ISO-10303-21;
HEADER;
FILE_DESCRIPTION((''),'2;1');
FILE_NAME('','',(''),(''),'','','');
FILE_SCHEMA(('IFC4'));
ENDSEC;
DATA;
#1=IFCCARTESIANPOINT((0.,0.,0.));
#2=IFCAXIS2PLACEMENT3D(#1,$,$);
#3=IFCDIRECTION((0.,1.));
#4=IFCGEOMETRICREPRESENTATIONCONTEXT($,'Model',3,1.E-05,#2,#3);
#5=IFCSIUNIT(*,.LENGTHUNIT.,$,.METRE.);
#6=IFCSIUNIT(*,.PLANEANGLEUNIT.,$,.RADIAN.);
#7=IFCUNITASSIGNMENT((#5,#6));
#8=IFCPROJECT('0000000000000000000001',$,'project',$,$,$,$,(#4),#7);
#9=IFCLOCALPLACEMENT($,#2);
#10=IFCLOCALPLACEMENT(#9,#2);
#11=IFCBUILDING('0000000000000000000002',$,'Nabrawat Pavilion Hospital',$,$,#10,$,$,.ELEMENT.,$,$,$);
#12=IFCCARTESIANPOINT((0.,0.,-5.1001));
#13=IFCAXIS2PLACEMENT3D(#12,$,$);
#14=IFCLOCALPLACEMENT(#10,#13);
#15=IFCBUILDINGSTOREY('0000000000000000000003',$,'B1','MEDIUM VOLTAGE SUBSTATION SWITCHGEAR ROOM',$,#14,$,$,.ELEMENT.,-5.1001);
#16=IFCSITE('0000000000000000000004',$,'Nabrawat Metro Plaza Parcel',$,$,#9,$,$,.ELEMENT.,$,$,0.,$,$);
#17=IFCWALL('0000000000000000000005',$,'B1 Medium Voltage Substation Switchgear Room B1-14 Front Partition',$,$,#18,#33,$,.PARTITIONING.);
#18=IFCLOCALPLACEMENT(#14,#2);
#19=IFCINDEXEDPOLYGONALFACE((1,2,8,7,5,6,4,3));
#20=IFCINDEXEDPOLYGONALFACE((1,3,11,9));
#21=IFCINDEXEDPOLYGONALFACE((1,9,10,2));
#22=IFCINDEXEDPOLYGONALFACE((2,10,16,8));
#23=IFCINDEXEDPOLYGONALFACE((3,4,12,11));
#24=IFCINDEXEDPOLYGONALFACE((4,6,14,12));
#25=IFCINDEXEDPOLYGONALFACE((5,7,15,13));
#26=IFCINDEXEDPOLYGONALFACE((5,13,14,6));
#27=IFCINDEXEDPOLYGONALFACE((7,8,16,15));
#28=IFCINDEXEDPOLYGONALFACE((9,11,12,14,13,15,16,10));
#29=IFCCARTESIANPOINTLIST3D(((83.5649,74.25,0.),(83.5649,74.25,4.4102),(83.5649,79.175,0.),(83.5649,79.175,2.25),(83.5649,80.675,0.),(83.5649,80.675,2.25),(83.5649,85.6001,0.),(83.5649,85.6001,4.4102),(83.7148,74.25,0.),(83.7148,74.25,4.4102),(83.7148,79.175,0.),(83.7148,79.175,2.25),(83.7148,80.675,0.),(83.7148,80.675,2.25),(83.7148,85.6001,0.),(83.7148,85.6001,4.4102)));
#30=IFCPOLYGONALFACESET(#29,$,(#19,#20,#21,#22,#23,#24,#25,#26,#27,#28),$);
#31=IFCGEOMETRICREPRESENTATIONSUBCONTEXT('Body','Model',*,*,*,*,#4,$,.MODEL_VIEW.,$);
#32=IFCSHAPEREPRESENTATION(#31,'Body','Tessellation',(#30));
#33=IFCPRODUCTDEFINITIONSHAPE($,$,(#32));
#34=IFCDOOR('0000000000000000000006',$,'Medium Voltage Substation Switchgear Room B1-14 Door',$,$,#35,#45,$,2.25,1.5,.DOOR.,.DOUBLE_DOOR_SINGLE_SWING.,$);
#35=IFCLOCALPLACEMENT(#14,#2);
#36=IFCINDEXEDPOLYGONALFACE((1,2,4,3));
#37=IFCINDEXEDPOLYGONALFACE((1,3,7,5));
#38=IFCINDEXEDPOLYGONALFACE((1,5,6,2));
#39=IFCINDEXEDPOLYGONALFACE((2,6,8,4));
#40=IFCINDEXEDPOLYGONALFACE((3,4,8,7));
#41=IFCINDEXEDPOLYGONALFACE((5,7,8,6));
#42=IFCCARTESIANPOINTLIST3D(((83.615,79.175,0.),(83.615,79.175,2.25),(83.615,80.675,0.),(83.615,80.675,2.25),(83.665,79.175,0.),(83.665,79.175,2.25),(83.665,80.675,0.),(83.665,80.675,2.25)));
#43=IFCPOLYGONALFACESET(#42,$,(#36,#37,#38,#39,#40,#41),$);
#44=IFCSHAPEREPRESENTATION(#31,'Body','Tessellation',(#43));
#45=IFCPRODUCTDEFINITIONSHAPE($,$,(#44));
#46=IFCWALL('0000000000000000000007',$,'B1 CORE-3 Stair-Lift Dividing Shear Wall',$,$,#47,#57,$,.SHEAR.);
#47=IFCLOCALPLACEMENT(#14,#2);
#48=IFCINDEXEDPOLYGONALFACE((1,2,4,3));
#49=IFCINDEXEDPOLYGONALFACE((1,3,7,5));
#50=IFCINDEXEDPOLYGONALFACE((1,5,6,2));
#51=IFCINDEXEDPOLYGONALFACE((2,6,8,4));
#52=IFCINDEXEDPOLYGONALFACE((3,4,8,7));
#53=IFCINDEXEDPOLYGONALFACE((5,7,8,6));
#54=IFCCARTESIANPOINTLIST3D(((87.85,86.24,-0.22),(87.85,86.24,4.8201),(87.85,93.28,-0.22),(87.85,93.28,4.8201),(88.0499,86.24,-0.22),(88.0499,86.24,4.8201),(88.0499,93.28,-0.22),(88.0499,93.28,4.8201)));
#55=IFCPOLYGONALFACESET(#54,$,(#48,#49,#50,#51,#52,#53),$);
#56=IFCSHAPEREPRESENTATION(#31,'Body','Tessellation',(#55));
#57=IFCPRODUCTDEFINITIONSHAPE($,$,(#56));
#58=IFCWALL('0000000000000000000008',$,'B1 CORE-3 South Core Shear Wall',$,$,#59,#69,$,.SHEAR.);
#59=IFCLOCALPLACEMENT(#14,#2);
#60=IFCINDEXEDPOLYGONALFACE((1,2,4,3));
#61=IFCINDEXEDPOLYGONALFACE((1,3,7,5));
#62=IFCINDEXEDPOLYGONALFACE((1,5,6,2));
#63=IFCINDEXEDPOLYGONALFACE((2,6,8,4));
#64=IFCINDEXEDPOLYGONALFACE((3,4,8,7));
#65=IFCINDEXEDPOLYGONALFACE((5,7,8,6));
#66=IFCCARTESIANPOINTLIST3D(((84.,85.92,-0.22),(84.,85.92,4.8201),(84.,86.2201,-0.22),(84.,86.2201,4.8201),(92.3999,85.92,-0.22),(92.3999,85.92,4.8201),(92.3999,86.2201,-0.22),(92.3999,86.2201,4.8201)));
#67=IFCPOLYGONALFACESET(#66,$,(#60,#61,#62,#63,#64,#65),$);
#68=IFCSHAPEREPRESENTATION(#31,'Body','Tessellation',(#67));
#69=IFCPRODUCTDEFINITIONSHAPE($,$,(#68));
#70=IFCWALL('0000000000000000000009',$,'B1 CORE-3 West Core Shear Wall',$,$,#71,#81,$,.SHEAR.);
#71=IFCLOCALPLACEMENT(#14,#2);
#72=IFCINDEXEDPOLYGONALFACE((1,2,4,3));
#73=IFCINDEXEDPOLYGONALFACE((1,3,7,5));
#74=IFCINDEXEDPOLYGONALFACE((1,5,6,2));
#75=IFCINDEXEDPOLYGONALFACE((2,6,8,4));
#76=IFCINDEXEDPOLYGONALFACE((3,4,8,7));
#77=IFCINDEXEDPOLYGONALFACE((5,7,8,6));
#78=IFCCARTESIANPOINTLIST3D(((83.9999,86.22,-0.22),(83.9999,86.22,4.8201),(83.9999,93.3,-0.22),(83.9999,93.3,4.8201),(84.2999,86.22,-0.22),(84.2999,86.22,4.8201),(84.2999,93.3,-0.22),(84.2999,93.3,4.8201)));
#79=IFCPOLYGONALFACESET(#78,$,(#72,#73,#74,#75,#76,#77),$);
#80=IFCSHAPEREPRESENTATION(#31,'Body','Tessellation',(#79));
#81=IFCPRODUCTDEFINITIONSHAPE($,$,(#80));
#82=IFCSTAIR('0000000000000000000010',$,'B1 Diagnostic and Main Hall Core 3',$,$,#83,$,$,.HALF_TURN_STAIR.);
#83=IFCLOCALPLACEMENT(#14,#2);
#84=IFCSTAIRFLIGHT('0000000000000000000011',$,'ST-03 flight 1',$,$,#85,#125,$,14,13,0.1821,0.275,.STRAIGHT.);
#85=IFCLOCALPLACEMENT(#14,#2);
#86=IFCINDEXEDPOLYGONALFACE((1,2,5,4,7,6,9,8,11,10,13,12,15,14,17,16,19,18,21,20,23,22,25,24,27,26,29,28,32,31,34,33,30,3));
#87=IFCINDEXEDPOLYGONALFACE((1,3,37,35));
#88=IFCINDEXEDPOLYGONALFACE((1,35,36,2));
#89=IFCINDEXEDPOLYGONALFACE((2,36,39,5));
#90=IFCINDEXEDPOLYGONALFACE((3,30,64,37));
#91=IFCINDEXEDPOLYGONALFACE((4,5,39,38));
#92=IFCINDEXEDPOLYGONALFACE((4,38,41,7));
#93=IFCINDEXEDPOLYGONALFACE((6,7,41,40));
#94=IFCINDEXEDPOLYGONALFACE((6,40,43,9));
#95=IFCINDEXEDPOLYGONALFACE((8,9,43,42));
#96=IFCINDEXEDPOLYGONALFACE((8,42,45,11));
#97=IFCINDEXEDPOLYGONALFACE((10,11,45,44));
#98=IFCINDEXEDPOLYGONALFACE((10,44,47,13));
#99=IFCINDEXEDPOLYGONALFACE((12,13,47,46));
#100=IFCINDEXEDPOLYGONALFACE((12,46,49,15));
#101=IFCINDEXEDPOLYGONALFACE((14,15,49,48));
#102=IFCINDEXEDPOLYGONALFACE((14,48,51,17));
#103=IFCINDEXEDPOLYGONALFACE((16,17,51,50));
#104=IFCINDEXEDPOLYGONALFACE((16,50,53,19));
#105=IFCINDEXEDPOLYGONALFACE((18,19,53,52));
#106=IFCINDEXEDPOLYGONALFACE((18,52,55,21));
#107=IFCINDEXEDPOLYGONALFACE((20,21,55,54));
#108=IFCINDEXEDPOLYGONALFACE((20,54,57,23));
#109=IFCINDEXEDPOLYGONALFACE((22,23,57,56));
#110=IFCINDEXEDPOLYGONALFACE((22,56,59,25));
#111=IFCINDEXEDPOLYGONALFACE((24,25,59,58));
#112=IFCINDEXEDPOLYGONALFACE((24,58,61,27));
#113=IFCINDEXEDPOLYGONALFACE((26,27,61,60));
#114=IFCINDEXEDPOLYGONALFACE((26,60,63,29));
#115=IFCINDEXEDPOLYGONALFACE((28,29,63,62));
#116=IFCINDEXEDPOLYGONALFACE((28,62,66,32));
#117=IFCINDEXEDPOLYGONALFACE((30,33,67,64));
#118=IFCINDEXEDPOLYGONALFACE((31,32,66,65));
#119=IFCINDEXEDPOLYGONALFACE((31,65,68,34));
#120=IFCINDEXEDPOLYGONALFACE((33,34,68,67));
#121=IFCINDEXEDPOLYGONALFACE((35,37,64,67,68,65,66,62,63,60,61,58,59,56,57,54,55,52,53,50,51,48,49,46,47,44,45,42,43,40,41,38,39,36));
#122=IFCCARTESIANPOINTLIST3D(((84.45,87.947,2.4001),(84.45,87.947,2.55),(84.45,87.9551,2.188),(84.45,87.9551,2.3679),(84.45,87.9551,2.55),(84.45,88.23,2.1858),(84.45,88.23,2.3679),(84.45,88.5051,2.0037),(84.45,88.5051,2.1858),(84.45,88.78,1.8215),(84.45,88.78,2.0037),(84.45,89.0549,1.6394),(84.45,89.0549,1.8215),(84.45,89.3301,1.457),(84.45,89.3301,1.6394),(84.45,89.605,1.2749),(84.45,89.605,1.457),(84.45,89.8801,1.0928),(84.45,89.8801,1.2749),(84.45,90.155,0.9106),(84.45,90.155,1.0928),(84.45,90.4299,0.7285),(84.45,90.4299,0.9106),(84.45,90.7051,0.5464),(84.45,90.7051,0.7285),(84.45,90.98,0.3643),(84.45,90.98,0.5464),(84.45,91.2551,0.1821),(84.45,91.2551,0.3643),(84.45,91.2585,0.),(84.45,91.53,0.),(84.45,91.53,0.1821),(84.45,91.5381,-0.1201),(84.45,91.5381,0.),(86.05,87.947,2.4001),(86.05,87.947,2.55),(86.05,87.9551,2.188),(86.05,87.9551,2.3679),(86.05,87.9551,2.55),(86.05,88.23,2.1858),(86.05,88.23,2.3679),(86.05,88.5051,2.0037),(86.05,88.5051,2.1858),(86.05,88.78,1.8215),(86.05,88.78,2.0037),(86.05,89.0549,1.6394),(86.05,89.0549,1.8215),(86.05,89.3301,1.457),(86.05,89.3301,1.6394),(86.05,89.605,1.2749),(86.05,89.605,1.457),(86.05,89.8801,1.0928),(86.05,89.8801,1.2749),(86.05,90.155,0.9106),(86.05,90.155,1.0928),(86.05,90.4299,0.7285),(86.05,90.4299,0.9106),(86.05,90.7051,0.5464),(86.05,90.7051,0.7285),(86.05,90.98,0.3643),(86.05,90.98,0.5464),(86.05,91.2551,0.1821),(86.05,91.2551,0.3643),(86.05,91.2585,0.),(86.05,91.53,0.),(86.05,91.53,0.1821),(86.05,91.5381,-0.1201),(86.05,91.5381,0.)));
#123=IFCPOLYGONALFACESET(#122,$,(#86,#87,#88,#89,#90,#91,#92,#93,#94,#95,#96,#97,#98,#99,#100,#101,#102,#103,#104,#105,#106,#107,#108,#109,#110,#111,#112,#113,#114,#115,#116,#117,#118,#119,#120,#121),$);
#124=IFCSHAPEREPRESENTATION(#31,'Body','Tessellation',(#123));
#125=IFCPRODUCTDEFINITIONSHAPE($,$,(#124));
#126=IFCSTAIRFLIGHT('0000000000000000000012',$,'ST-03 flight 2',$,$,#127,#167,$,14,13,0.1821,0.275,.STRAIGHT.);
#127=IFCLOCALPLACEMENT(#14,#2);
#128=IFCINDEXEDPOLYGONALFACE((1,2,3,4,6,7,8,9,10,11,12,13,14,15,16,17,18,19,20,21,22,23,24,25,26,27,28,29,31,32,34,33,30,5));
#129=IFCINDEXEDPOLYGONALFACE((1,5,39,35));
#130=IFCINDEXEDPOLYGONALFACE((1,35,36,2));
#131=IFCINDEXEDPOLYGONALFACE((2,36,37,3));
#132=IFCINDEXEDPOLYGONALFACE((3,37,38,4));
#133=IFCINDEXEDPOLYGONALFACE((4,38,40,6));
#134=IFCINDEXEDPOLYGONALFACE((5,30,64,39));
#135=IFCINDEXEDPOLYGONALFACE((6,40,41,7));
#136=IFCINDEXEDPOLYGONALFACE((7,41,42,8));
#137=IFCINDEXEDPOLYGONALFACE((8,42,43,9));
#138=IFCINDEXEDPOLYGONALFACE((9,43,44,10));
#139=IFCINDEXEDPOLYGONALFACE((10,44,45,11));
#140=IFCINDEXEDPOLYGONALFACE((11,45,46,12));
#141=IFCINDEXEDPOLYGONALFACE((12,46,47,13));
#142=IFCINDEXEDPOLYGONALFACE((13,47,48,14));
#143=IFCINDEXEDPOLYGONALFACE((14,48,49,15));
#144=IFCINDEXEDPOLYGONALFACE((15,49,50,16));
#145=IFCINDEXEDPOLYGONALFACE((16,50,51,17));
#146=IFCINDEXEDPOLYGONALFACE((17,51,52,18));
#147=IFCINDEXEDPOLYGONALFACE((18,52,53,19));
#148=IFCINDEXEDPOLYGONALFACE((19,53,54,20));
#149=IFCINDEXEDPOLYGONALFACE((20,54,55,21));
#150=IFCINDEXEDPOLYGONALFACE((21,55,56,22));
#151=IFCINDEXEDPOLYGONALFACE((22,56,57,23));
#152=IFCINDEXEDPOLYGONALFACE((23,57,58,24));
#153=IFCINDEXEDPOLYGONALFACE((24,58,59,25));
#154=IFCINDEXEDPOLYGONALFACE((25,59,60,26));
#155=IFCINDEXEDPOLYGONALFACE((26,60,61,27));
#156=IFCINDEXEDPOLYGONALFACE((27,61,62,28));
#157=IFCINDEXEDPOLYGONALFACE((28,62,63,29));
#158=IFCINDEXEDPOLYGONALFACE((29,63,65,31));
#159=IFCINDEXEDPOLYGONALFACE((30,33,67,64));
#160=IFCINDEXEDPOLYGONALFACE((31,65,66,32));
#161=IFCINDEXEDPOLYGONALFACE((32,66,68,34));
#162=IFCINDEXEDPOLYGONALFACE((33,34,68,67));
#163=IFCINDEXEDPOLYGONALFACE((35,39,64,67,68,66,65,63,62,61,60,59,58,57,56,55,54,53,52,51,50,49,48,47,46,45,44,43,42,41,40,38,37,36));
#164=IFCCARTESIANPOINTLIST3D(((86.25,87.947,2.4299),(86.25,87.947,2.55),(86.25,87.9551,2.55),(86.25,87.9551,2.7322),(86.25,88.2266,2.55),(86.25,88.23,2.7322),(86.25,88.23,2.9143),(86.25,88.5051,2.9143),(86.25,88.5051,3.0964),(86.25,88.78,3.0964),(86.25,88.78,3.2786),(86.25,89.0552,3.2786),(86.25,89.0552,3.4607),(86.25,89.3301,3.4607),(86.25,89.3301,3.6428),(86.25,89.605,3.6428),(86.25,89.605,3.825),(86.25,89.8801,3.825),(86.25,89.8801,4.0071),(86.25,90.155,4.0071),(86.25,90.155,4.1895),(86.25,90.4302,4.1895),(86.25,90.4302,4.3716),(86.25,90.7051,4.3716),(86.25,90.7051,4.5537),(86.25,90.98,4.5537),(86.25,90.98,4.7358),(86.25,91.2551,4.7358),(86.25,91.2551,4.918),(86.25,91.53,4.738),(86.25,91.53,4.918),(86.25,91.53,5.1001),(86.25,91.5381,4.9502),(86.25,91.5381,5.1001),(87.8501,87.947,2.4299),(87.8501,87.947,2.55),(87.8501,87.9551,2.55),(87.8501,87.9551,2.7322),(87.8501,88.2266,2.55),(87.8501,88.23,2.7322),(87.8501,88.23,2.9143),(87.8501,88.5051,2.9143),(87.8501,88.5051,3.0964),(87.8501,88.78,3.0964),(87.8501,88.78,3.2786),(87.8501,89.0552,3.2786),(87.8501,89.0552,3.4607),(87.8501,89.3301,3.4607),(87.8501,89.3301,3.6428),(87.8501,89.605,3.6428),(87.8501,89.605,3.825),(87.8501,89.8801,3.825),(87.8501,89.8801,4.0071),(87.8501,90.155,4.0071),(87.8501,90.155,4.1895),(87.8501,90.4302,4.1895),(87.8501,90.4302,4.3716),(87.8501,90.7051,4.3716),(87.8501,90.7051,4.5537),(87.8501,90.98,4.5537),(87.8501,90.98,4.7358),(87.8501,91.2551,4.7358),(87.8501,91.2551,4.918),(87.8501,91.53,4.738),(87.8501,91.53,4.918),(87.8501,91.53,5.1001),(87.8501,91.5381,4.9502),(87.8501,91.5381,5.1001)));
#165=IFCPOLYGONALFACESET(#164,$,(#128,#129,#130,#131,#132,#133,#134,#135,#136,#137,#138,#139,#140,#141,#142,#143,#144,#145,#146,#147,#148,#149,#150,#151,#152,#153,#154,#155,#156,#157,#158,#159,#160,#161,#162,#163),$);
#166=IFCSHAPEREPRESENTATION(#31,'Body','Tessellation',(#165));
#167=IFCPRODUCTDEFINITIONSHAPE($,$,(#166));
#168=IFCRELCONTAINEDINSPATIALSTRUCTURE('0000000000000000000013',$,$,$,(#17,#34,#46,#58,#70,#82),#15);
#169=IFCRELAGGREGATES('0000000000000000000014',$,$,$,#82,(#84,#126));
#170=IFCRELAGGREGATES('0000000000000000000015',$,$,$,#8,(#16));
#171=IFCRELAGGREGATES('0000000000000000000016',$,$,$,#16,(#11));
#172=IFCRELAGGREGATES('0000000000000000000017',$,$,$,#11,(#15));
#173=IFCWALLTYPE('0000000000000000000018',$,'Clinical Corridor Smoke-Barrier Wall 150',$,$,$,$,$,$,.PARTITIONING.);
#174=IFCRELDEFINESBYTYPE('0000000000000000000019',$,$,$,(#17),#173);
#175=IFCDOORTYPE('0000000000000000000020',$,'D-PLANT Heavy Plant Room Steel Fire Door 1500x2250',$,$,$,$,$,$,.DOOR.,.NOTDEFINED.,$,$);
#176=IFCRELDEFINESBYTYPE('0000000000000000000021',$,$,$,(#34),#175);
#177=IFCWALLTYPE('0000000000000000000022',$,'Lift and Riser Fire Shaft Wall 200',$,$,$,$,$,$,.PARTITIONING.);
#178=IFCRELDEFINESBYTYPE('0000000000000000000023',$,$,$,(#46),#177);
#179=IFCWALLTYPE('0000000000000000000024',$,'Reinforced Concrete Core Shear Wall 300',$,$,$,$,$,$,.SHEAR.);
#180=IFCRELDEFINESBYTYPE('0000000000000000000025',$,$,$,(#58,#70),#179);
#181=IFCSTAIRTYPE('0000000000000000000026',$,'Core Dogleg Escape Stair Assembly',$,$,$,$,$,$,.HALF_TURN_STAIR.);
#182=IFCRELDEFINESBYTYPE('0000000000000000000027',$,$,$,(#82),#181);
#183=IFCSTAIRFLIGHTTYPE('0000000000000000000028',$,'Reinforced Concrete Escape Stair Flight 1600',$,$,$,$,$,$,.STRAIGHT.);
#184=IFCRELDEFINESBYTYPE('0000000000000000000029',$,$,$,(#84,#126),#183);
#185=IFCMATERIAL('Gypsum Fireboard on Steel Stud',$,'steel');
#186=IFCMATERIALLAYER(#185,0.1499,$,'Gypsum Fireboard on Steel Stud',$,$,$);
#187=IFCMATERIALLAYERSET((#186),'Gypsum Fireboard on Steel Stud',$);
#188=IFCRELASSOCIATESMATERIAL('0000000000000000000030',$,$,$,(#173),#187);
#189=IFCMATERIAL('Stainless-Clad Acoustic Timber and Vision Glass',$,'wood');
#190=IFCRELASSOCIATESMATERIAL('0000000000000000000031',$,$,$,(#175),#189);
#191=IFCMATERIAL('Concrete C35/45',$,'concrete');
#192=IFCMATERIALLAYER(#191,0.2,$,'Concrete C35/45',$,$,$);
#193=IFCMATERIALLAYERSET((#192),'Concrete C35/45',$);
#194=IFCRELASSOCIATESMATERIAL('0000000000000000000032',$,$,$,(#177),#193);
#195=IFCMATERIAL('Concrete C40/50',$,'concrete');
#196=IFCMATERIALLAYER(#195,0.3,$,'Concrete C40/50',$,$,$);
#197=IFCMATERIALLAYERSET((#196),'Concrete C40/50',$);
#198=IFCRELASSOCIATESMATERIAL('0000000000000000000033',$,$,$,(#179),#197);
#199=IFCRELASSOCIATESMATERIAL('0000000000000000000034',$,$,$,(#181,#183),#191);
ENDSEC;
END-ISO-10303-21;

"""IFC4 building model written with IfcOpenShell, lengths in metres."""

from ifc_helpers import new_model, si_unit, direction, frame, frame_2d, origin, place, context, subcontext, project, spatial, polyline, rectangle, outline, extrude, material, layer, layer_set, type_object, element, fill, aggregate, save


model = new_model("IFC4")

# Units and contexts
model_context = context("Model", 3, precision=1e-05, world=origin(), true_north=direction((0.0, 1.0)))
body_context = subcontext(model_context, "Body", "Model", "MODEL_VIEW")
ifc_project = project(units=[si_unit("LENGTHUNIT", "METRE"), si_unit("PLANEANGLEUNIT", "RADIAN")], contexts=[model_context])

# Site, building, storey
site_placement = place(None, origin())
site = spatial("IfcSite", under=ifc_project, at=site_placement, Name="Nabrawat Metro Plaza Parcel", CompositionType="ELEMENT", RefElevation=0.0)
building_placement = place(site_placement, origin())
building = spatial("IfcBuilding", under=site, at=building_placement, Name="Nabrawat Pavilion Hospital", CompositionType="ELEMENT")
storey_placement = place(building_placement, frame((0.0, 0.0, -5.1001)))
storey = spatial("IfcBuildingStorey", under=building, at=storey_placement, Name="B1", Description="MEDIUM VOLTAGE SUBSTATION SWITCHGEAR ROOM", CompositionType="ELEMENT", Elevation=-5.1001)

# Shared definitions
ifc_material_1 = material(Name="Concrete C35/45", Category="concrete")

# Shared definitions
ifc_material_2 = material(Name="Concrete C40/50", Category="concrete")

# Wall, opening, door
ifc_material_3 = material(Name="Gypsum Fireboard on Steel Stud", Category="steel")
ifc_layer_1 = layer(ifc_material_3, 0.1499, Name="Gypsum Fireboard on Steel Stud")
ifc_layer_set_1 = layer_set([ifc_layer_1], Name="Gypsum Fireboard on Steel Stud")
wall_type_1 = type_object("IfcWallType", Name="Clinical Corridor Smoke-Barrier Wall 150", PredefinedType="PARTITIONING", material=ifc_layer_set_1)
ifc_material_4 = material(Name="Stainless-Clad Acoustic Timber and Vision Glass", Category="wood")
door_type = type_object("IfcDoorType", Name="D-PLANT Heavy Plant Room Steel Fire Door 1500x2250", OperationType="NOTDEFINED", PredefinedType="DOOR", material=ifc_material_4)
wall_1_placement = place(storey_placement, frame((83.6399, 74.25, 0.0), z_axis=(0.0, 0.0, 1.0), x_axis=(0.0, 1.0, 0.0)))
wall_1 = element("IfcWall", 1, at=wall_1_placement, inside=storey, type_object=wall_type_1, Name="B1 Medium Voltage Substation Switchgear Room B1-14 Front Partition", PredefinedType="PARTITIONING", context=body_context, shape_type="SweptSolid", body=[
    extrude(rectangle(XDim=11.3501, YDim=0.1499, at=frame_2d((5.675, 0.0))), origin(), (0.0, 0.0, 1.0), 4.4102),
])
opening_1_placement = place(wall_1_placement, frame((4.925, 0.0, 0.0)))
opening_1 = element("IfcOpeningElement", 2, at=opening_1_placement, cuts=wall_1, PredefinedType="OPENING", context=body_context, shape_type="SweptSolid", body=[
    extrude(rectangle(XDim=1.5, YDim=2.25, at=frame_2d((0.75, 1.125))), frame((0.0, 0.085, 0.0), z_axis=(0.0, -1.0, 0.0), x_axis=(1.0, 0.0, 0.0)), (0.0, 0.0, 1.0), 0.1699),
])
door_1_placement = place(opening_1_placement, origin())
door_1 = element("IfcDoor", 3, at=door_1_placement, inside=storey, type_object=door_type, Name="Medium Voltage Substation Switchgear Room B1-14 Door", OperationType="DOUBLE_DOOR_SINGLE_SWING", OverallHeight=2.25, OverallWidth=1.5, PredefinedType="DOOR", context=body_context, shape_type="SweptSolid", body=[
    extrude(rectangle(XDim=1.5, YDim=2.25, at=frame_2d((0.75, 1.125))), frame((0.0, 0.0249, 0.0), z_axis=(0.0, -1.0, 0.0), x_axis=(1.0, 0.0, 0.0)), (0.0, 0.0, 1.0), 0.05),
])
fill(opening_1, door_1)

# Walls
ifc_layer_2 = layer(ifc_material_1, 0.2, Name="Concrete C35/45")
ifc_layer_set_2 = layer_set([ifc_layer_2], Name="Concrete C35/45")
wall_type_2 = type_object("IfcWallType", Name="Lift and Riser Fire Shaft Wall 200", PredefinedType="PARTITIONING", material=ifc_layer_set_2)
wall_2_placement = place(storey_placement, frame((87.95, 86.24, -0.22), z_axis=(0.0, 0.0, 1.0), x_axis=(0.0, 1.0, 0.0)))
element("IfcWall", 4, at=wall_2_placement, inside=storey, type_object=wall_type_2, Name="B1 CORE-3 Stair-Lift Dividing Shear Wall", PredefinedType="SHEAR", context=body_context, shape_type="SweptSolid", body=[
    extrude(rectangle(XDim=7.04, YDim=0.2, at=frame_2d((3.52, 0.0))), origin(), (0.0, 0.0, 1.0), 5.04),
])
ifc_layer_3 = layer(ifc_material_2, 0.3, Name="Concrete C40/50")
ifc_layer_set_3 = layer_set([ifc_layer_3], Name="Concrete C40/50")
wall_type_3 = type_object("IfcWallType", Name="Reinforced Concrete Core Shear Wall 300", PredefinedType="SHEAR", material=ifc_layer_set_3)
wall_3_placement = place(storey_placement, frame((84.0, 86.0701, -0.22), z_axis=(0.0, 0.0, 1.0), x_axis=(1.0, 0.0, 0.0)))
element("IfcWall", 5, at=wall_3_placement, inside=storey, type_object=wall_type_3, Name="B1 CORE-3 South Core Shear Wall", PredefinedType="SHEAR", context=body_context, shape_type="SweptSolid", body=[
    extrude(rectangle(XDim=8.3999, YDim=0.3, at=frame_2d((4.2, 0.0))), origin(), (0.0, 0.0, 1.0), 5.04),
])
wall_4_placement = place(storey_placement, frame((84.1499, 86.22, -0.22), z_axis=(0.0, 0.0, 1.0), x_axis=(0.0, 1.0, 0.0)))
element("IfcWall", 6, at=wall_4_placement, inside=storey, type_object=wall_type_3, Name="B1 CORE-3 West Core Shear Wall", PredefinedType="SHEAR", context=body_context, shape_type="SweptSolid", body=[
    extrude(rectangle(XDim=7.0801, YDim=0.3, at=frame_2d((3.54, 0.0))), origin(), (0.0, 0.0, 1.0), 5.04),
])

# Stair, stair flights
stair_type = type_object("IfcStairType", Name="Core Dogleg Escape Stair Assembly", PredefinedType="HALF_TURN_STAIR", material=ifc_material_1)
stair_placement = place(storey_placement, origin())
stair = element("IfcStair", 7, at=stair_placement, inside=storey, type_object=stair_type, Name="B1 Diagnostic and Main Hall Core 3", PredefinedType="HALF_TURN_STAIR")
stair_flight_type = type_object("IfcStairFlightType", Name="Reinforced Concrete Escape Stair Flight 1600", PredefinedType="STRAIGHT", material=ifc_material_1)
stair_flight_1_placement = place(storey_placement, frame((85.25, 91.53, 0.0), z_axis=(0.0, 0.0, 1.0), x_axis=(0.0, -1.0, 0.0)))
stair_flight_1 = element("IfcStairFlight", 8, at=stair_flight_1_placement, type_object=stair_flight_type, Name="ST-03 flight 1", NumberOfRisers=14, NumberOfTreads=13, PredefinedType="STRAIGHT", RiserHeight=0.1821, TreadLength=0.275, context=body_context, shape_type="SweptSolid", body=[
    extrude(outline(polyline([(-0.0081, 0.0), (0.0, 0.0), (0.0, 0.1821), (0.2749, 0.1821), (0.2749, 0.3643), (0.55, 0.3643), (0.55, 0.5464), (0.825, 0.5464), (0.825, 0.7285), (1.1001, 0.7285), (1.1001, 0.9106), (1.375, 0.9106), (1.375, 1.0928), (1.6499, 1.0928), (1.6499, 1.2749), (1.925, 1.2749), (1.925, 1.457), (2.2, 1.457), (2.2, 1.6394), (2.4751, 1.6394), (2.4751, 1.8215), (2.75, 1.8215), (2.75, 2.0037), (3.0249, 2.0037), (3.0249, 2.1858), (3.3, 2.1858), (3.3, 2.3679), (3.575, 2.3679), (3.575, 2.55), (3.583, 2.55), (3.583, 2.4001), (3.575, 2.188), (0.2715, 0.0), (-0.0081, -0.1201), (-0.0081, 0.0)])), frame((0.0, 0.8, 0.0), z_axis=(0.0, -1.0, 0.0), x_axis=(1.0, 0.0, 0.0)), (0.0, 0.0, 1.0), 1.6001),
])
stair_flight_2_placement = place(storey_placement, frame((87.05, 87.9551, 2.55), z_axis=(0.0, 0.0, 1.0), x_axis=(0.0, 1.0, 0.0)))
stair_flight_2 = element("IfcStairFlight", 9, at=stair_flight_2_placement, type_object=stair_flight_type, Name="ST-03 flight 2", NumberOfRisers=14, NumberOfTreads=13, PredefinedType="STRAIGHT", RiserHeight=0.1821, TreadLength=0.275, context=body_context, shape_type="SweptSolid", body=[
    extrude(outline(polyline([(-0.0081, 0.0), (0.0, 0.0), (0.0, 0.1821), (0.2749, 0.1821), (0.2749, 0.3643), (0.55, 0.3643), (0.55, 0.5464), (0.825, 0.5464), (0.825, 0.7285), (1.1001, 0.7285), (1.1001, 0.9106), (1.375, 0.9106), (1.375, 1.0928), (1.6499, 1.0928), (1.6499, 1.2749), (1.925, 1.2749), (1.925, 1.457), (2.2, 1.457), (2.2, 1.6394), (2.4751, 1.6394), (2.4751, 1.8215), (2.75, 1.8215), (2.75, 2.0037), (3.0249, 2.0037), (3.0249, 2.1858), (3.3, 2.1858), (3.3, 2.3679), (3.575, 2.3679), (3.575, 2.55), (3.583, 2.55), (3.583, 2.4001), (3.575, 2.188), (0.2715, 0.0), (-0.0081, -0.1201), (-0.0081, 0.0)])), frame((0.0, 0.8, 0.0), z_axis=(0.0, -1.0, 0.0), x_axis=(1.0, 0.0, 0.0)), (0.0, 0.0, 1.0), 1.6001),
])
aggregate(stair, [stair_flight_1, stair_flight_2])

save(model, "model.ifc")
